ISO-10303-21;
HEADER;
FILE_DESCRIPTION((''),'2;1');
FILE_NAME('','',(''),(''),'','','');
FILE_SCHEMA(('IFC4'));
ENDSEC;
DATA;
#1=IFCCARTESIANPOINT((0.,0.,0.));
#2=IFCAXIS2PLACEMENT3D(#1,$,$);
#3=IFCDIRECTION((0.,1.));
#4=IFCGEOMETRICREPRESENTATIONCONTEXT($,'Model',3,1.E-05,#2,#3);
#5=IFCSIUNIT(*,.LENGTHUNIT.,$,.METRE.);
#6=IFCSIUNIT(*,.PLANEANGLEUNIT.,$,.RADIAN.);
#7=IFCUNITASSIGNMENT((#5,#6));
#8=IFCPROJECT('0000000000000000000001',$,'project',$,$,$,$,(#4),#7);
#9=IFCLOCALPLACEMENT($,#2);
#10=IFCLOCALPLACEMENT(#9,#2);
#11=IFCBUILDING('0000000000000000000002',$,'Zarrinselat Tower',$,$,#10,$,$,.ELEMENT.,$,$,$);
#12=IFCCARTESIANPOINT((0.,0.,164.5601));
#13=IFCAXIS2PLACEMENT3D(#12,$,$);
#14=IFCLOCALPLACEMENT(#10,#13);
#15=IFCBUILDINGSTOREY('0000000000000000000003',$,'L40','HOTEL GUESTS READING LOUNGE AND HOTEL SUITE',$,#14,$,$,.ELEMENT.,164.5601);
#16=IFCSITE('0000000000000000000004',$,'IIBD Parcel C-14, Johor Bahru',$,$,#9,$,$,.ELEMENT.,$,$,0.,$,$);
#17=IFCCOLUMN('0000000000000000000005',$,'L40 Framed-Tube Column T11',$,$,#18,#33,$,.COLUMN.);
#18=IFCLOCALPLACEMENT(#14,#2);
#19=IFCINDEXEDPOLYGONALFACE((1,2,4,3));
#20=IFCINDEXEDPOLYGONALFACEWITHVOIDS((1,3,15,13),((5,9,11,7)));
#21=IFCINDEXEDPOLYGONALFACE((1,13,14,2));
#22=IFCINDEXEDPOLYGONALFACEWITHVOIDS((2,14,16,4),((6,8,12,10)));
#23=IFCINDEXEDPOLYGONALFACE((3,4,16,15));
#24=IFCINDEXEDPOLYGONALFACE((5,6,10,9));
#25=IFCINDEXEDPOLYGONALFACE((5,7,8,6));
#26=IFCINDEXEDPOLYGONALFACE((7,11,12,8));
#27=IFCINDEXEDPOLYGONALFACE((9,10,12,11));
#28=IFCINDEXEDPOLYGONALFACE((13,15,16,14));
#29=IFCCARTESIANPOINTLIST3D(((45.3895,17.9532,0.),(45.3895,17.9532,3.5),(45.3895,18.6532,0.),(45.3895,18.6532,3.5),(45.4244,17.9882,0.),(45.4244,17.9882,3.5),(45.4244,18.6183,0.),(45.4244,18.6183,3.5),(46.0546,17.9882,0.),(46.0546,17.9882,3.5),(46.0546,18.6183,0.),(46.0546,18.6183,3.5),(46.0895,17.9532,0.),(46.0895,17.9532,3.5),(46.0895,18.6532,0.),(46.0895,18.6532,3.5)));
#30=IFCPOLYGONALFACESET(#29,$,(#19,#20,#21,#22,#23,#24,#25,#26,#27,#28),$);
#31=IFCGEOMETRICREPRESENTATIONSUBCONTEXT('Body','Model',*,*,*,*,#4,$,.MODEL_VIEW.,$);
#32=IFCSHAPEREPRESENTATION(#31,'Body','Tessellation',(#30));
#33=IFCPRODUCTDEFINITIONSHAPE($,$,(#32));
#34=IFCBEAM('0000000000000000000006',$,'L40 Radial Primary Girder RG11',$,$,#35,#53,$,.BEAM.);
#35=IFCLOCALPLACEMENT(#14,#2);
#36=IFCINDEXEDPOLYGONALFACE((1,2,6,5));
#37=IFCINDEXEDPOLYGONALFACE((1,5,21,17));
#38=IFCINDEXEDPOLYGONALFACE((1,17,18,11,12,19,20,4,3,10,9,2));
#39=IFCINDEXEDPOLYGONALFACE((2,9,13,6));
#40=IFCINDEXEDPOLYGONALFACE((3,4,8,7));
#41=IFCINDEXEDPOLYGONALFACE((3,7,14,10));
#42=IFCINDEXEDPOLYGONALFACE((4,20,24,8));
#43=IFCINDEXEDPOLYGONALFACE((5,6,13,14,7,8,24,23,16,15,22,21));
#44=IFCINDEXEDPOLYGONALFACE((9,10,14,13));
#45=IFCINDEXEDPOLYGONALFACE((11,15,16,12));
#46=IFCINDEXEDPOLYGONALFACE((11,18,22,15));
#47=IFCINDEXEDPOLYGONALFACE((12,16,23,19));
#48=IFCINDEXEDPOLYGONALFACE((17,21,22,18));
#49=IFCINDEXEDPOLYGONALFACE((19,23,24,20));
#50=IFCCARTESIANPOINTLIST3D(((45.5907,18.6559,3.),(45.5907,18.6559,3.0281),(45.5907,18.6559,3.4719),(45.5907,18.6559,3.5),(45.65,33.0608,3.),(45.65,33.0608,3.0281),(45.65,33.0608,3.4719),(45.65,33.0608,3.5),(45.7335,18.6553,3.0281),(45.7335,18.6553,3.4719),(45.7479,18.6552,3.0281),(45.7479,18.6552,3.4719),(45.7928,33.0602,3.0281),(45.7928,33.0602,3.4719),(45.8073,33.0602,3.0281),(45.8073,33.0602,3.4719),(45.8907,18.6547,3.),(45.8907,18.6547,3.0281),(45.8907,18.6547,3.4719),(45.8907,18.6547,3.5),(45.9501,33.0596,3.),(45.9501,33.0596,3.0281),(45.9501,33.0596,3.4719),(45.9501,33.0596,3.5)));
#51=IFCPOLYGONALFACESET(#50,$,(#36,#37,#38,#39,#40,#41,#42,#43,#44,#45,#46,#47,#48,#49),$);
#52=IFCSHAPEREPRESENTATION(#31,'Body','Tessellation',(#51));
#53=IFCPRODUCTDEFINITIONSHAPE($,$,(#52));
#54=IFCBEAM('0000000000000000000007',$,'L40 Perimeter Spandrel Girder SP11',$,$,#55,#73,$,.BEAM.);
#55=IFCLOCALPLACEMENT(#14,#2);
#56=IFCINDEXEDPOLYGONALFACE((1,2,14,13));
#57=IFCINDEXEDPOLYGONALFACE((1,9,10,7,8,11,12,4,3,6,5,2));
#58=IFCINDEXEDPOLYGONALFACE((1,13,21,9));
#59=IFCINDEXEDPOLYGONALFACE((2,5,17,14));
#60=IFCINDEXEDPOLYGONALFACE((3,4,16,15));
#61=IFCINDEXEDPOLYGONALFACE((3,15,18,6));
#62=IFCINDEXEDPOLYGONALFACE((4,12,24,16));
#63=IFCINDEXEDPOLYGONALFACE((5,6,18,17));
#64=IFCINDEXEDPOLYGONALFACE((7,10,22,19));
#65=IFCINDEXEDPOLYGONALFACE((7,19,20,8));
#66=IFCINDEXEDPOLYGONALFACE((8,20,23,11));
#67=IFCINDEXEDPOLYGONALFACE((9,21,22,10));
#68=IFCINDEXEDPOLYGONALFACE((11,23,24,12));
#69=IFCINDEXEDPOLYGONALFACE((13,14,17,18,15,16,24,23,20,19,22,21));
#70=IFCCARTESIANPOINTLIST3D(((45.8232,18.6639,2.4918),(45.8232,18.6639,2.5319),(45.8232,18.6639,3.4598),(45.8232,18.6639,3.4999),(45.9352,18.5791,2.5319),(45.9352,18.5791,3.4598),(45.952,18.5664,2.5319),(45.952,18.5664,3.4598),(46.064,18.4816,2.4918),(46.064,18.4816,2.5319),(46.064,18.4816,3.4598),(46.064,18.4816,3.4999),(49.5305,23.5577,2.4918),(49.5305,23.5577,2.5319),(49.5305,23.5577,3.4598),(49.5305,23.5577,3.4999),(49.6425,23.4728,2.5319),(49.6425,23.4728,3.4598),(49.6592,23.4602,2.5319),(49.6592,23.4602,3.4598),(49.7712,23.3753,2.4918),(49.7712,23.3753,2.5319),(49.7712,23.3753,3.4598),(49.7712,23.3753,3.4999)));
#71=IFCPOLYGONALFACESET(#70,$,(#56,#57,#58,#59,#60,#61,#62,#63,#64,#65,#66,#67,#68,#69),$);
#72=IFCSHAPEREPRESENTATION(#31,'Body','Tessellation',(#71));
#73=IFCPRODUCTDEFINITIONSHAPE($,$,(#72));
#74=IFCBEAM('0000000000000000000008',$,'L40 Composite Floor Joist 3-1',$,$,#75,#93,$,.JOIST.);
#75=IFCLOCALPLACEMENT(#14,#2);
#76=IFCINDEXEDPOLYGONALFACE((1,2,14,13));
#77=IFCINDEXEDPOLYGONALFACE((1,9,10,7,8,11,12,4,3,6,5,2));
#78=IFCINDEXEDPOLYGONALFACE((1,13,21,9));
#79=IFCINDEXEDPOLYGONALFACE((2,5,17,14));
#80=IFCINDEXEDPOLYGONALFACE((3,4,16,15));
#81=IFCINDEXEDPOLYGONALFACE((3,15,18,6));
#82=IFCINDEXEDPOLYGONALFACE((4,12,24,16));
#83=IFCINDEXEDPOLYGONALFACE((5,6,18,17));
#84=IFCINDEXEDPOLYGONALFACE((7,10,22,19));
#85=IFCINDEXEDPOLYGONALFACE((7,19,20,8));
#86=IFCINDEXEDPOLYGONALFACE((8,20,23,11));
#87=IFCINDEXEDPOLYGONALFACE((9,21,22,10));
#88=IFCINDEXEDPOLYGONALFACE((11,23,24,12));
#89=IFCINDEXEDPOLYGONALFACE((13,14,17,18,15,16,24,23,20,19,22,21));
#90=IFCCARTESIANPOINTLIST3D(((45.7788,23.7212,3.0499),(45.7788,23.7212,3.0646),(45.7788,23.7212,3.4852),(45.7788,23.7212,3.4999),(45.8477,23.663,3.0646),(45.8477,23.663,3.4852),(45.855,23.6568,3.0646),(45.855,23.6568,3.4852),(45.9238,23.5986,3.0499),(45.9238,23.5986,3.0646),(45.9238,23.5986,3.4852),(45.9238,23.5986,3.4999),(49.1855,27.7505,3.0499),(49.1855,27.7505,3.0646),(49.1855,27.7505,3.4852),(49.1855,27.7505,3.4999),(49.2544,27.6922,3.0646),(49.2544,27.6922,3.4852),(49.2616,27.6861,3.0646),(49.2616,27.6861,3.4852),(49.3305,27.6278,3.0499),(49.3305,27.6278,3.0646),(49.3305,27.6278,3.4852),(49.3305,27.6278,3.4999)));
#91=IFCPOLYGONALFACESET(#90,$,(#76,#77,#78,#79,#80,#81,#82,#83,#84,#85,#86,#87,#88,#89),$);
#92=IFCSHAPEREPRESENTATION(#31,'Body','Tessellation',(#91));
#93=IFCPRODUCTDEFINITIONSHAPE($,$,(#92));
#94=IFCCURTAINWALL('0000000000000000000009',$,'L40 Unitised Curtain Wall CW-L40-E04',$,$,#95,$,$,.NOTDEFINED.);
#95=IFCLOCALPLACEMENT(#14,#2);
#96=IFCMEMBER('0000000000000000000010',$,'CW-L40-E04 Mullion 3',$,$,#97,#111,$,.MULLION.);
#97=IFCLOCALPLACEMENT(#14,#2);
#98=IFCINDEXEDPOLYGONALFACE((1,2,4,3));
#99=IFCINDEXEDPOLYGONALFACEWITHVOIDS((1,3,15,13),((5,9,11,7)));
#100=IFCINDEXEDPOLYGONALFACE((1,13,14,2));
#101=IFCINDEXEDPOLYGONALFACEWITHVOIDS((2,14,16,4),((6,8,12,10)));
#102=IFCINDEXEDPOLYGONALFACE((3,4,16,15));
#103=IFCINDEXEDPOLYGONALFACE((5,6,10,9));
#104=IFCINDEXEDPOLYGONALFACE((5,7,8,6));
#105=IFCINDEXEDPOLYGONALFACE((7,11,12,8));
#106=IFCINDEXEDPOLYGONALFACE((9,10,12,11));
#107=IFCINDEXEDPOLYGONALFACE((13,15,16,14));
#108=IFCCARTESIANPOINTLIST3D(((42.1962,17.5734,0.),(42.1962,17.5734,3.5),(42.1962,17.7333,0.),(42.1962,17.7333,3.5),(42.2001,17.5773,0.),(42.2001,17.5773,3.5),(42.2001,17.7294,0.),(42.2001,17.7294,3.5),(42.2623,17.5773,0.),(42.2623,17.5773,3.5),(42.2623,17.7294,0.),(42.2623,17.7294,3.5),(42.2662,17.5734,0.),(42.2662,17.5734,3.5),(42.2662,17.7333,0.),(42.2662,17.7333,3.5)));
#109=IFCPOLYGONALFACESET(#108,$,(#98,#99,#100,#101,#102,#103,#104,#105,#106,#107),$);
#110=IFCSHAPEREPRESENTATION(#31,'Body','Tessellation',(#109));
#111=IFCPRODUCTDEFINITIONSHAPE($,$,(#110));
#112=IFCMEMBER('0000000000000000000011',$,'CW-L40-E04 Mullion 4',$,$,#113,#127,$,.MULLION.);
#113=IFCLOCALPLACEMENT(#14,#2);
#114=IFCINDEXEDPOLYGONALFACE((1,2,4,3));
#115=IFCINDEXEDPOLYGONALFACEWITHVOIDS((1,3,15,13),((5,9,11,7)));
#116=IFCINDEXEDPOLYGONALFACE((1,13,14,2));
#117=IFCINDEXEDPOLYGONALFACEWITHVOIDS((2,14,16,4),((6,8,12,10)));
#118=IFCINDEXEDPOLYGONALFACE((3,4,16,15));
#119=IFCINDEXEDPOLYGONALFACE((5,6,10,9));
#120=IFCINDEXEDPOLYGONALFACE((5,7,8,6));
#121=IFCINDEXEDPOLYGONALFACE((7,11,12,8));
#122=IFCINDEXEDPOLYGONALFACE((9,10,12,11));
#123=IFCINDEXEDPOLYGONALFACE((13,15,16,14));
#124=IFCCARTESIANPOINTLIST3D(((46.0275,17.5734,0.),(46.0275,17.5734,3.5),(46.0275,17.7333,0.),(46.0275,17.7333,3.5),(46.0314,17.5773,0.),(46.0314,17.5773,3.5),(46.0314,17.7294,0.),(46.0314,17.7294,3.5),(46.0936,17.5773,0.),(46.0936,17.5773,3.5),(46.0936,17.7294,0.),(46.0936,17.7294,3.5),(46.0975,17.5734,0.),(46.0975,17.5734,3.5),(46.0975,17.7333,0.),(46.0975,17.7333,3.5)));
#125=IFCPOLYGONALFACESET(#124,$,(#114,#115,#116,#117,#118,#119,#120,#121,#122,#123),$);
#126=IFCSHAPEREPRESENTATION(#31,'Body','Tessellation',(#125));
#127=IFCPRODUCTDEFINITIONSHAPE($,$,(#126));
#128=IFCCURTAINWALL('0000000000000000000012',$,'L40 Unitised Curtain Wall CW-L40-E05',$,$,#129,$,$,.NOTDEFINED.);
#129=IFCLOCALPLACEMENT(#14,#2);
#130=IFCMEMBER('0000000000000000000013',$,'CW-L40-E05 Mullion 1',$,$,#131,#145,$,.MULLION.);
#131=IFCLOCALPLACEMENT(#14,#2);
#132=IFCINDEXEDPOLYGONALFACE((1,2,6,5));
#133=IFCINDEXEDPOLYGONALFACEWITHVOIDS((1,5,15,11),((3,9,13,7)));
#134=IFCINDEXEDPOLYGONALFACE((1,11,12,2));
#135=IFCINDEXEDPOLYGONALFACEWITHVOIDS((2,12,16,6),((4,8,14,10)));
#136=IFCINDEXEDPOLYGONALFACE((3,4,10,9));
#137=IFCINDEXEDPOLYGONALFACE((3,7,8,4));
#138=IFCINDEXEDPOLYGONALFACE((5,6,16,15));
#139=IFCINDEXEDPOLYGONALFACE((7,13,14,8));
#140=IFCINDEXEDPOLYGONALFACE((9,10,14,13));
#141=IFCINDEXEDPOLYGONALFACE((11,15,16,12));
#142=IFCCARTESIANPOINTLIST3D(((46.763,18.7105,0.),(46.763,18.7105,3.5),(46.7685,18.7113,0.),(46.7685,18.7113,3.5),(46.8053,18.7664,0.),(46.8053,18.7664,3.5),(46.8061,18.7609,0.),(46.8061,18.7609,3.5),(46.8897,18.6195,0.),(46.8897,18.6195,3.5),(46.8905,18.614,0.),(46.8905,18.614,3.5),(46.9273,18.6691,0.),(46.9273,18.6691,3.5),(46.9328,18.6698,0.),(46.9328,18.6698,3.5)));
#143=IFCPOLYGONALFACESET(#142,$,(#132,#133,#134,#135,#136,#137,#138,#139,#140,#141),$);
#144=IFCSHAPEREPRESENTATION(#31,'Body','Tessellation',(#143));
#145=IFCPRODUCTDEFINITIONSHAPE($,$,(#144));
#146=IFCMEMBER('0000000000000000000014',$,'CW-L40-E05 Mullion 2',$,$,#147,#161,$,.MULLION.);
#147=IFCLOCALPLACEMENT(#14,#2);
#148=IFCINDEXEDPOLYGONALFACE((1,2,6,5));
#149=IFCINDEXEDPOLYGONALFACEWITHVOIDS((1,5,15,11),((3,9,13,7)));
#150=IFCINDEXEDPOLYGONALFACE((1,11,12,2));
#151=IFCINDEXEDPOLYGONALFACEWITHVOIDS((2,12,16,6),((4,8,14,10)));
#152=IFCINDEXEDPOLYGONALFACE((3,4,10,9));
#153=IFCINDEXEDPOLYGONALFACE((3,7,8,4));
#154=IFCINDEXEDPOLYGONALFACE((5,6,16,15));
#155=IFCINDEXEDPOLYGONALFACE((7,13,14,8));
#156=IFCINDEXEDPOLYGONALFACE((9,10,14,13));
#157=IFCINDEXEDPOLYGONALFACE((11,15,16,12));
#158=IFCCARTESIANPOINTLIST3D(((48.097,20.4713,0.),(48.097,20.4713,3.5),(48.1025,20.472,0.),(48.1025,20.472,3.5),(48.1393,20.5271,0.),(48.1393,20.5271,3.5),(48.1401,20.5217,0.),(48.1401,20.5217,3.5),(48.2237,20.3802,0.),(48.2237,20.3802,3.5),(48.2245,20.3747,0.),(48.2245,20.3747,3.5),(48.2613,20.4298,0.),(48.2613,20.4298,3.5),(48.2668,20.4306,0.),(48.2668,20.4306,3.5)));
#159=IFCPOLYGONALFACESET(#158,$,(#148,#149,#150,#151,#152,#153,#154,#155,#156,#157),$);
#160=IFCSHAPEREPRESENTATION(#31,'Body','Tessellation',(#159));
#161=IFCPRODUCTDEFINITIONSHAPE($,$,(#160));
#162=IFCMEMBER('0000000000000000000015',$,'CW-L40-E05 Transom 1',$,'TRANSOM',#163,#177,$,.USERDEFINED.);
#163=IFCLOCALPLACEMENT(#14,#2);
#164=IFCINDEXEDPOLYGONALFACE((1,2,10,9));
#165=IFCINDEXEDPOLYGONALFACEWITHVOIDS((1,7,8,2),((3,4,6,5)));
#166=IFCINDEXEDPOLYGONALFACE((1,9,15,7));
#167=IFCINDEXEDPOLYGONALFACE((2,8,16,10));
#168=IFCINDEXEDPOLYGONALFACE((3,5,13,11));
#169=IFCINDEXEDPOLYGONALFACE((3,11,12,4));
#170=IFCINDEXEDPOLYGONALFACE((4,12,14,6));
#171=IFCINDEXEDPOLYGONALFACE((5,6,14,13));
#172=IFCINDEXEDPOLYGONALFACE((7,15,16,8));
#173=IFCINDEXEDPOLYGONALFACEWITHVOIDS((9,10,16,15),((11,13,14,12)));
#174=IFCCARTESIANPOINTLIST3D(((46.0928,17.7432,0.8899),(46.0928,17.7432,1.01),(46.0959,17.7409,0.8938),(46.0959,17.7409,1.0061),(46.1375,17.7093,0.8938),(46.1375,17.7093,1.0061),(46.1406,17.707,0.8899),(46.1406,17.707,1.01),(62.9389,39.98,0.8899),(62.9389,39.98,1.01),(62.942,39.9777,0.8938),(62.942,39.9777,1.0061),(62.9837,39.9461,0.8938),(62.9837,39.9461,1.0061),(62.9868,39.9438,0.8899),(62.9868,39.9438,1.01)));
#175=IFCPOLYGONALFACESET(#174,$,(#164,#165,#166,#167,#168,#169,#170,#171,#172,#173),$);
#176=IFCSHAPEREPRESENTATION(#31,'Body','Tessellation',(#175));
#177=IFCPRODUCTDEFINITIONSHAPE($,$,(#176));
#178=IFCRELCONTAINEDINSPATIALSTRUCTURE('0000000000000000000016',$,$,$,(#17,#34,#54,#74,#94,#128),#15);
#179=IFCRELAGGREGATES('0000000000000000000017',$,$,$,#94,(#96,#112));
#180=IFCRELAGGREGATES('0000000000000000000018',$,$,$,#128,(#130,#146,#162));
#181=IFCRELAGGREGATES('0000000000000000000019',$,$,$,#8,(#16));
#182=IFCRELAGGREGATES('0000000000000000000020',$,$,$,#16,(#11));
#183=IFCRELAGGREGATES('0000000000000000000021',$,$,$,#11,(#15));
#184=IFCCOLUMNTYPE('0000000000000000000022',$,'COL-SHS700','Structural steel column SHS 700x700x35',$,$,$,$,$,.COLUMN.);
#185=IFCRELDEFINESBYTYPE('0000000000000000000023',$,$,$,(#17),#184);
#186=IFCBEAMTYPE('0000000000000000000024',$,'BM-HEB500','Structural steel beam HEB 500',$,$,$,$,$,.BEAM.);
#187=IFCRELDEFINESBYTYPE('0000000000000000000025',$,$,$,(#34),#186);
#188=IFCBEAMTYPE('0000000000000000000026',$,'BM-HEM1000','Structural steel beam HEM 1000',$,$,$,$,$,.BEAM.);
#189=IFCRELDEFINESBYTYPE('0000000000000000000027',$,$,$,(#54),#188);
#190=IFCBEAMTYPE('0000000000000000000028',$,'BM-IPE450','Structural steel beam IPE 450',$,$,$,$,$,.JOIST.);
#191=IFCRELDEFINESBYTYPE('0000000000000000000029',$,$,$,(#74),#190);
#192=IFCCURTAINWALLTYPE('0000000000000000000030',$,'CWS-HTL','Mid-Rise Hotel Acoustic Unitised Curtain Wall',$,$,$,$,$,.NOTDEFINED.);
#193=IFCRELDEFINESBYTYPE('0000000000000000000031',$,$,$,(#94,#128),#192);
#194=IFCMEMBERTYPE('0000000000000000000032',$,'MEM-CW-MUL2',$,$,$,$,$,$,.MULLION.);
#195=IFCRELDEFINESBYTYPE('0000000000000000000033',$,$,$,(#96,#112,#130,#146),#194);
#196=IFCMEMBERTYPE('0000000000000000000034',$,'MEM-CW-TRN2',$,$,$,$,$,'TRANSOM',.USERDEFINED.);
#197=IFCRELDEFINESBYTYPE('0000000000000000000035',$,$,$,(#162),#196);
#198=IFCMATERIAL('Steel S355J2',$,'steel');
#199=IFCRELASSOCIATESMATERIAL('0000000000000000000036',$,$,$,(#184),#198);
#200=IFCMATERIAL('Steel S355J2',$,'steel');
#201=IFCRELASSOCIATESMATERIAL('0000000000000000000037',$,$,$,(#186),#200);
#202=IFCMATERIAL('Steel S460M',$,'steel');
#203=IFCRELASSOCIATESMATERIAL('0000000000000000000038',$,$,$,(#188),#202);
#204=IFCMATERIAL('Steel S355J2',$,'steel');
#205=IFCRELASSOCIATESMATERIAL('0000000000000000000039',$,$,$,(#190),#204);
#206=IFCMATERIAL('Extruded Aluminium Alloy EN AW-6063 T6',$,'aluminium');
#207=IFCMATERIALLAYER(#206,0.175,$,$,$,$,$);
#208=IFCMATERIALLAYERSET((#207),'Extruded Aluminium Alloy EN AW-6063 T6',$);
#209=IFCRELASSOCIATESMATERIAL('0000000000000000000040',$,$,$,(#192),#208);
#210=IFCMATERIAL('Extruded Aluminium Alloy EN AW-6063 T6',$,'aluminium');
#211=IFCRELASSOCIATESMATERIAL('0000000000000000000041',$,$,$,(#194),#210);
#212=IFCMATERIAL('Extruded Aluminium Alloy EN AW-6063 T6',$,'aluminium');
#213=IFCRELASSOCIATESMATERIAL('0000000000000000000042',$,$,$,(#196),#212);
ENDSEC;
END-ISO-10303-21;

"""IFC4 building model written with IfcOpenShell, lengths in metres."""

from ifc_helpers import new_model, si_unit, direction, frame, origin, origin_2d, place, context, subcontext, project, spatial, hollow_rectangle, i_section, extrude, material, layer, layer_set, material_profile, profile_set, type_object, element, aggregate, save


model = new_model("IFC4")

# Units and contexts
model_context = context("Model", 3, precision=1e-05, world=origin(), true_north=direction((0.0, 1.0)))
body_context = subcontext(model_context, "Body", "Model", "MODEL_VIEW")
ifc_project = project(units=[si_unit("LENGTHUNIT", "METRE"), si_unit("PLANEANGLEUNIT", "RADIAN")], contexts=[model_context])

# Site, building, storey
site_placement = place(None, origin())
site = spatial("IfcSite", under=ifc_project, at=site_placement, Name="IIBD Parcel C-14, Johor Bahru", CompositionType="ELEMENT", RefElevation=0.0)
building_placement = place(site_placement, origin())
building = spatial("IfcBuilding", under=site, at=building_placement, Name="Zarrinselat Tower", CompositionType="ELEMENT")
storey_placement = place(building_placement, frame((0.0, 0.0, 164.5601)))
storey = spatial("IfcBuildingStorey", under=building, at=storey_placement, Name="L40", Description="HOTEL GUESTS READING LOUNGE AND HOTEL SUITE", CompositionType="ELEMENT", Elevation=164.5601)

# Column
ifc_material_1 = material(Name="Steel S355J2", Category="steel")
ifc_material_profile_1 = material_profile(ifc_material_1, hollow_rectangle(XDim=0.7, YDim=0.7, WallThickness=0.0349, at=origin_2d()), Name="SHS 700x700x35")
ifc_profile_set_1 = profile_set([ifc_material_profile_1], Name="Steel S355J2")
column_type = type_object("IfcColumnType", Name="COL-SHS700", Description="Structural steel column SHS 700x700x35", PredefinedType="COLUMN", material=ifc_profile_set_1)
column_placement = place(storey_placement, frame((45.7395, 18.3032, 0.0), z_axis=(0.0, 0.0, 1.0), x_axis=(1.0, 0.0, 0.0)))
element("IfcColumn", 1, at=column_placement, inside=storey, type_object=column_type, Name="L40 Framed-Tube Column T11", PredefinedType="COLUMN", context=body_context, shape_type="SweptSolid", body=[
    extrude(hollow_rectangle(XDim=0.7, YDim=0.7, WallThickness=0.0349, at=origin_2d()), origin(), (0.0, 0.0, 1.0), 3.5),
])

# Beams
ifc_material_2 = material(Name="Steel S355J2", Category="steel")
ifc_material_profile_2 = material_profile(ifc_material_2, i_section(OverallWidth=0.3, OverallDepth=0.5, WebThickness=0.0144, FlangeThickness=0.0281, at=origin_2d()), Name="HEB 500")
ifc_profile_set_2 = profile_set([ifc_material_profile_2], Name="Steel S355J2")
beam_type_1 = type_object("IfcBeamType", Name="BM-HEB500", Description="Structural steel beam HEB 500", PredefinedType="BEAM", material=ifc_profile_set_2)
beam_1_placement = place(storey_placement, frame((45.7407, 18.6553, 3.25), z_axis=(0.004118, 0.999992, 0.0), x_axis=(-0.999992, 0.004118, 0.0)))
element("IfcBeam", 2, at=beam_1_placement, inside=storey, type_object=beam_type_1, Name="L40 Radial Primary Girder RG11", PredefinedType="BEAM", context=body_context, shape_type="SweptSolid", body=[
    extrude(i_section(OverallWidth=0.3, OverallDepth=0.5, WebThickness=0.0144, FlangeThickness=0.0281, at=origin_2d()), origin(), (0.0, 0.0, 1.0), 14.405),
])
ifc_material_3 = material(Name="Steel S460M", Category="steel")
ifc_material_profile_3 = material_profile(ifc_material_3, i_section(OverallWidth=0.302, OverallDepth=1.0081, WebThickness=0.021, FlangeThickness=0.04, at=origin_2d()), Name="HEM 1000")
ifc_profile_set_3 = profile_set([ifc_material_profile_3], Name="Steel S460M")
beam_type_2 = type_object("IfcBeamType", Name="BM-HEM1000", Description="Structural steel beam HEM 1000", PredefinedType="BEAM", material=ifc_profile_set_3)
beam_2_placement = place(storey_placement, frame((45.9436, 18.5728, 2.9958), z_axis=(0.603842, 0.797104, 0.0), x_axis=(-0.797104, 0.603842, 0.0)))
element("IfcBeam", 3, at=beam_2_placement, inside=storey, type_object=beam_type_2, Name="L40 Perimeter Spandrel Girder SP11", PredefinedType="BEAM", context=body_context, shape_type="SweptSolid", body=[
    extrude(i_section(OverallWidth=0.302, OverallDepth=1.0081, WebThickness=0.021, FlangeThickness=0.04, at=origin_2d()), origin(), (0.0, 0.0, 1.0), 6.1394),
])
ifc_material_4 = material(Name="Steel S355J2", Category="steel")
ifc_material_profile_4 = material_profile(ifc_material_4, i_section(OverallWidth=0.1899, OverallDepth=0.45, WebThickness=0.0095, FlangeThickness=0.0146, at=origin_2d()), Name="IPE 450")
ifc_profile_set_4 = profile_set([ifc_material_profile_4], Name="Steel S355J2")
beam_type_3 = type_object("IfcBeamType", Name="BM-IPE450", Description="Structural steel beam IPE 450", PredefinedType="JOIST", material=ifc_profile_set_4)
beam_3_placement = place(storey_placement, frame((45.8513, 23.6599, 3.2749), z_axis=(0.645648, 0.763635, 0.0), x_axis=(-0.763635, 0.645648, 0.0)))
element("IfcBeam", 4, at=beam_3_placement, inside=storey, type_object=beam_type_3, Name="L40 Composite Floor Joist 3-1", PredefinedType="JOIST", context=body_context, shape_type="SweptSolid", body=[
    extrude(i_section(OverallWidth=0.1899, OverallDepth=0.45, WebThickness=0.0095, FlangeThickness=0.0146, at=origin_2d()), origin(), (0.0, 0.0, 1.0), 5.2764),
])

# Curtain walls, members
ifc_material_5 = material(Name="Extruded Aluminium Alloy EN AW-6063 T6", Category="aluminium")
ifc_layer_1 = layer(ifc_material_5, 0.175)
ifc_layer_set_1 = layer_set([ifc_layer_1], Name="Extruded Aluminium Alloy EN AW-6063 T6")
curtain_wall_type = type_object("IfcCurtainWallType", Name="CWS-HTL", Description="Mid-Rise Hotel Acoustic Unitised Curtain Wall", PredefinedType="NOTDEFINED", material=ifc_layer_set_1)
curtain_wall_1_placement = place(storey_placement, origin())
curtain_wall_1 = element("IfcCurtainWall", 5, at=curtain_wall_1_placement, inside=storey, type_object=curtain_wall_type, Name="L40 Unitised Curtain Wall CW-L40-E04", PredefinedType="NOTDEFINED")
ifc_material_6 = material(Name="Extruded Aluminium Alloy EN AW-6063 T6", Category="aluminium")
ifc_material_profile_5 = material_profile(ifc_material_6, hollow_rectangle(XDim=0.0701, YDim=0.1599, WallThickness=0.0039, at=origin_2d()), Name="RHS 160x70x4")
ifc_profile_set_5 = profile_set([ifc_material_profile_5], Name="Extruded Aluminium Alloy EN AW-6063 T6")
member_type_1 = type_object("IfcMemberType", Name="MEM-CW-MUL2", PredefinedType="MULLION", material=ifc_profile_set_5)
member_1_placement = place(storey_placement, frame((42.2312, 17.6533, 0.0), z_axis=(0.0, 0.0, 1.0), x_axis=(1.0, 0.0, 0.0)))
member_1 = element("IfcMember", 6, at=member_1_placement, type_object=member_type_1, Name="CW-L40-E04 Mullion 3", PredefinedType="MULLION", context=body_context, shape_type="SweptSolid", body=[
    extrude(hollow_rectangle(XDim=0.0701, YDim=0.1599, WallThickness=0.0039, at=origin_2d()), origin(), (0.0, 0.0, 1.0), 3.5),
])
member_2_placement = place(storey_placement, frame((46.0625, 17.6533, 0.0), z_axis=(0.0, 0.0, 1.0), x_axis=(1.0, 0.0, 0.0)))
member_2 = element("IfcMember", 7, at=member_2_placement, type_object=member_type_1, Name="CW-L40-E04 Mullion 4", PredefinedType="MULLION", context=body_context, shape_type="SweptSolid", body=[
    extrude(hollow_rectangle(XDim=0.0701, YDim=0.1599, WallThickness=0.0039, at=origin_2d()), origin(), (0.0, 0.0, 1.0), 3.5),
])
curtain_wall_2_placement = place(storey_placement, origin())
curtain_wall_2 = element("IfcCurtainWall", 8, at=curtain_wall_2_placement, inside=storey, type_object=curtain_wall_type, Name="L40 Unitised Curtain Wall CW-L40-E05", PredefinedType="NOTDEFINED")
member_3_placement = place(storey_placement, frame((46.8479, 18.6902, 0.0), z_axis=(0.0, 0.0, 1.0), x_axis=(0.603859, 0.797091, 0.0)))
member_3 = element("IfcMember", 9, at=member_3_placement, type_object=member_type_1, Name="CW-L40-E05 Mullion 1", PredefinedType="MULLION", context=body_context, shape_type="SweptSolid", body=[
    extrude(hollow_rectangle(XDim=0.0701, YDim=0.1599, WallThickness=0.0039, at=origin_2d()), origin(), (0.0, 0.0, 1.0), 3.5),
])
member_4_placement = place(storey_placement, frame((48.1819, 20.4509, 0.0), z_axis=(0.0, 0.0, 1.0), x_axis=(0.603859, 0.797091, 0.0)))
member_4 = element("IfcMember", 10, at=member_4_placement, type_object=member_type_1, Name="CW-L40-E05 Mullion 2", PredefinedType="MULLION", context=body_context, shape_type="SweptSolid", body=[
    extrude(hollow_rectangle(XDim=0.0701, YDim=0.1599, WallThickness=0.0039, at=origin_2d()), origin(), (0.0, 0.0, 1.0), 3.5),
])
ifc_material_7 = material(Name="Extruded Aluminium Alloy EN AW-6063 T6", Category="aluminium")
ifc_material_profile_6 = material_profile(ifc_material_7, hollow_rectangle(XDim=0.0601, YDim=0.1201, WallThickness=0.0039, at=origin_2d()), Name="RHS 120x60x4")
ifc_profile_set_6 = profile_set([ifc_material_profile_6], Name="Extruded Aluminium Alloy EN AW-6063 T6")
member_type_2 = type_object("IfcMemberType", Name="MEM-CW-TRN2", ElementType="TRANSOM", PredefinedType="USERDEFINED", material=ifc_profile_set_6)
member_5_placement = place(storey_placement, frame((46.1167, 17.7251, 0.95), z_axis=(0.60386, 0.79709, 0.0), x_axis=(-0.79709, 0.60386, 0.0)))
member_5 = element("IfcMember", 11, at=member_5_placement, type_object=member_type_2, Name="CW-L40-E05 Transom 1", ObjectType="TRANSOM", PredefinedType="USERDEFINED", context=body_context, shape_type="SweptSolid", body=[
    extrude(hollow_rectangle(XDim=0.0601, YDim=0.1201, WallThickness=0.0039, at=origin_2d()), origin(), (0.0, 0.0, 1.0), 27.8975),
])

aggregate(curtain_wall_1, [member_1, member_2])
aggregate(curtain_wall_2, [member_3, member_4, member_5])

save(model, "model.ifc")
